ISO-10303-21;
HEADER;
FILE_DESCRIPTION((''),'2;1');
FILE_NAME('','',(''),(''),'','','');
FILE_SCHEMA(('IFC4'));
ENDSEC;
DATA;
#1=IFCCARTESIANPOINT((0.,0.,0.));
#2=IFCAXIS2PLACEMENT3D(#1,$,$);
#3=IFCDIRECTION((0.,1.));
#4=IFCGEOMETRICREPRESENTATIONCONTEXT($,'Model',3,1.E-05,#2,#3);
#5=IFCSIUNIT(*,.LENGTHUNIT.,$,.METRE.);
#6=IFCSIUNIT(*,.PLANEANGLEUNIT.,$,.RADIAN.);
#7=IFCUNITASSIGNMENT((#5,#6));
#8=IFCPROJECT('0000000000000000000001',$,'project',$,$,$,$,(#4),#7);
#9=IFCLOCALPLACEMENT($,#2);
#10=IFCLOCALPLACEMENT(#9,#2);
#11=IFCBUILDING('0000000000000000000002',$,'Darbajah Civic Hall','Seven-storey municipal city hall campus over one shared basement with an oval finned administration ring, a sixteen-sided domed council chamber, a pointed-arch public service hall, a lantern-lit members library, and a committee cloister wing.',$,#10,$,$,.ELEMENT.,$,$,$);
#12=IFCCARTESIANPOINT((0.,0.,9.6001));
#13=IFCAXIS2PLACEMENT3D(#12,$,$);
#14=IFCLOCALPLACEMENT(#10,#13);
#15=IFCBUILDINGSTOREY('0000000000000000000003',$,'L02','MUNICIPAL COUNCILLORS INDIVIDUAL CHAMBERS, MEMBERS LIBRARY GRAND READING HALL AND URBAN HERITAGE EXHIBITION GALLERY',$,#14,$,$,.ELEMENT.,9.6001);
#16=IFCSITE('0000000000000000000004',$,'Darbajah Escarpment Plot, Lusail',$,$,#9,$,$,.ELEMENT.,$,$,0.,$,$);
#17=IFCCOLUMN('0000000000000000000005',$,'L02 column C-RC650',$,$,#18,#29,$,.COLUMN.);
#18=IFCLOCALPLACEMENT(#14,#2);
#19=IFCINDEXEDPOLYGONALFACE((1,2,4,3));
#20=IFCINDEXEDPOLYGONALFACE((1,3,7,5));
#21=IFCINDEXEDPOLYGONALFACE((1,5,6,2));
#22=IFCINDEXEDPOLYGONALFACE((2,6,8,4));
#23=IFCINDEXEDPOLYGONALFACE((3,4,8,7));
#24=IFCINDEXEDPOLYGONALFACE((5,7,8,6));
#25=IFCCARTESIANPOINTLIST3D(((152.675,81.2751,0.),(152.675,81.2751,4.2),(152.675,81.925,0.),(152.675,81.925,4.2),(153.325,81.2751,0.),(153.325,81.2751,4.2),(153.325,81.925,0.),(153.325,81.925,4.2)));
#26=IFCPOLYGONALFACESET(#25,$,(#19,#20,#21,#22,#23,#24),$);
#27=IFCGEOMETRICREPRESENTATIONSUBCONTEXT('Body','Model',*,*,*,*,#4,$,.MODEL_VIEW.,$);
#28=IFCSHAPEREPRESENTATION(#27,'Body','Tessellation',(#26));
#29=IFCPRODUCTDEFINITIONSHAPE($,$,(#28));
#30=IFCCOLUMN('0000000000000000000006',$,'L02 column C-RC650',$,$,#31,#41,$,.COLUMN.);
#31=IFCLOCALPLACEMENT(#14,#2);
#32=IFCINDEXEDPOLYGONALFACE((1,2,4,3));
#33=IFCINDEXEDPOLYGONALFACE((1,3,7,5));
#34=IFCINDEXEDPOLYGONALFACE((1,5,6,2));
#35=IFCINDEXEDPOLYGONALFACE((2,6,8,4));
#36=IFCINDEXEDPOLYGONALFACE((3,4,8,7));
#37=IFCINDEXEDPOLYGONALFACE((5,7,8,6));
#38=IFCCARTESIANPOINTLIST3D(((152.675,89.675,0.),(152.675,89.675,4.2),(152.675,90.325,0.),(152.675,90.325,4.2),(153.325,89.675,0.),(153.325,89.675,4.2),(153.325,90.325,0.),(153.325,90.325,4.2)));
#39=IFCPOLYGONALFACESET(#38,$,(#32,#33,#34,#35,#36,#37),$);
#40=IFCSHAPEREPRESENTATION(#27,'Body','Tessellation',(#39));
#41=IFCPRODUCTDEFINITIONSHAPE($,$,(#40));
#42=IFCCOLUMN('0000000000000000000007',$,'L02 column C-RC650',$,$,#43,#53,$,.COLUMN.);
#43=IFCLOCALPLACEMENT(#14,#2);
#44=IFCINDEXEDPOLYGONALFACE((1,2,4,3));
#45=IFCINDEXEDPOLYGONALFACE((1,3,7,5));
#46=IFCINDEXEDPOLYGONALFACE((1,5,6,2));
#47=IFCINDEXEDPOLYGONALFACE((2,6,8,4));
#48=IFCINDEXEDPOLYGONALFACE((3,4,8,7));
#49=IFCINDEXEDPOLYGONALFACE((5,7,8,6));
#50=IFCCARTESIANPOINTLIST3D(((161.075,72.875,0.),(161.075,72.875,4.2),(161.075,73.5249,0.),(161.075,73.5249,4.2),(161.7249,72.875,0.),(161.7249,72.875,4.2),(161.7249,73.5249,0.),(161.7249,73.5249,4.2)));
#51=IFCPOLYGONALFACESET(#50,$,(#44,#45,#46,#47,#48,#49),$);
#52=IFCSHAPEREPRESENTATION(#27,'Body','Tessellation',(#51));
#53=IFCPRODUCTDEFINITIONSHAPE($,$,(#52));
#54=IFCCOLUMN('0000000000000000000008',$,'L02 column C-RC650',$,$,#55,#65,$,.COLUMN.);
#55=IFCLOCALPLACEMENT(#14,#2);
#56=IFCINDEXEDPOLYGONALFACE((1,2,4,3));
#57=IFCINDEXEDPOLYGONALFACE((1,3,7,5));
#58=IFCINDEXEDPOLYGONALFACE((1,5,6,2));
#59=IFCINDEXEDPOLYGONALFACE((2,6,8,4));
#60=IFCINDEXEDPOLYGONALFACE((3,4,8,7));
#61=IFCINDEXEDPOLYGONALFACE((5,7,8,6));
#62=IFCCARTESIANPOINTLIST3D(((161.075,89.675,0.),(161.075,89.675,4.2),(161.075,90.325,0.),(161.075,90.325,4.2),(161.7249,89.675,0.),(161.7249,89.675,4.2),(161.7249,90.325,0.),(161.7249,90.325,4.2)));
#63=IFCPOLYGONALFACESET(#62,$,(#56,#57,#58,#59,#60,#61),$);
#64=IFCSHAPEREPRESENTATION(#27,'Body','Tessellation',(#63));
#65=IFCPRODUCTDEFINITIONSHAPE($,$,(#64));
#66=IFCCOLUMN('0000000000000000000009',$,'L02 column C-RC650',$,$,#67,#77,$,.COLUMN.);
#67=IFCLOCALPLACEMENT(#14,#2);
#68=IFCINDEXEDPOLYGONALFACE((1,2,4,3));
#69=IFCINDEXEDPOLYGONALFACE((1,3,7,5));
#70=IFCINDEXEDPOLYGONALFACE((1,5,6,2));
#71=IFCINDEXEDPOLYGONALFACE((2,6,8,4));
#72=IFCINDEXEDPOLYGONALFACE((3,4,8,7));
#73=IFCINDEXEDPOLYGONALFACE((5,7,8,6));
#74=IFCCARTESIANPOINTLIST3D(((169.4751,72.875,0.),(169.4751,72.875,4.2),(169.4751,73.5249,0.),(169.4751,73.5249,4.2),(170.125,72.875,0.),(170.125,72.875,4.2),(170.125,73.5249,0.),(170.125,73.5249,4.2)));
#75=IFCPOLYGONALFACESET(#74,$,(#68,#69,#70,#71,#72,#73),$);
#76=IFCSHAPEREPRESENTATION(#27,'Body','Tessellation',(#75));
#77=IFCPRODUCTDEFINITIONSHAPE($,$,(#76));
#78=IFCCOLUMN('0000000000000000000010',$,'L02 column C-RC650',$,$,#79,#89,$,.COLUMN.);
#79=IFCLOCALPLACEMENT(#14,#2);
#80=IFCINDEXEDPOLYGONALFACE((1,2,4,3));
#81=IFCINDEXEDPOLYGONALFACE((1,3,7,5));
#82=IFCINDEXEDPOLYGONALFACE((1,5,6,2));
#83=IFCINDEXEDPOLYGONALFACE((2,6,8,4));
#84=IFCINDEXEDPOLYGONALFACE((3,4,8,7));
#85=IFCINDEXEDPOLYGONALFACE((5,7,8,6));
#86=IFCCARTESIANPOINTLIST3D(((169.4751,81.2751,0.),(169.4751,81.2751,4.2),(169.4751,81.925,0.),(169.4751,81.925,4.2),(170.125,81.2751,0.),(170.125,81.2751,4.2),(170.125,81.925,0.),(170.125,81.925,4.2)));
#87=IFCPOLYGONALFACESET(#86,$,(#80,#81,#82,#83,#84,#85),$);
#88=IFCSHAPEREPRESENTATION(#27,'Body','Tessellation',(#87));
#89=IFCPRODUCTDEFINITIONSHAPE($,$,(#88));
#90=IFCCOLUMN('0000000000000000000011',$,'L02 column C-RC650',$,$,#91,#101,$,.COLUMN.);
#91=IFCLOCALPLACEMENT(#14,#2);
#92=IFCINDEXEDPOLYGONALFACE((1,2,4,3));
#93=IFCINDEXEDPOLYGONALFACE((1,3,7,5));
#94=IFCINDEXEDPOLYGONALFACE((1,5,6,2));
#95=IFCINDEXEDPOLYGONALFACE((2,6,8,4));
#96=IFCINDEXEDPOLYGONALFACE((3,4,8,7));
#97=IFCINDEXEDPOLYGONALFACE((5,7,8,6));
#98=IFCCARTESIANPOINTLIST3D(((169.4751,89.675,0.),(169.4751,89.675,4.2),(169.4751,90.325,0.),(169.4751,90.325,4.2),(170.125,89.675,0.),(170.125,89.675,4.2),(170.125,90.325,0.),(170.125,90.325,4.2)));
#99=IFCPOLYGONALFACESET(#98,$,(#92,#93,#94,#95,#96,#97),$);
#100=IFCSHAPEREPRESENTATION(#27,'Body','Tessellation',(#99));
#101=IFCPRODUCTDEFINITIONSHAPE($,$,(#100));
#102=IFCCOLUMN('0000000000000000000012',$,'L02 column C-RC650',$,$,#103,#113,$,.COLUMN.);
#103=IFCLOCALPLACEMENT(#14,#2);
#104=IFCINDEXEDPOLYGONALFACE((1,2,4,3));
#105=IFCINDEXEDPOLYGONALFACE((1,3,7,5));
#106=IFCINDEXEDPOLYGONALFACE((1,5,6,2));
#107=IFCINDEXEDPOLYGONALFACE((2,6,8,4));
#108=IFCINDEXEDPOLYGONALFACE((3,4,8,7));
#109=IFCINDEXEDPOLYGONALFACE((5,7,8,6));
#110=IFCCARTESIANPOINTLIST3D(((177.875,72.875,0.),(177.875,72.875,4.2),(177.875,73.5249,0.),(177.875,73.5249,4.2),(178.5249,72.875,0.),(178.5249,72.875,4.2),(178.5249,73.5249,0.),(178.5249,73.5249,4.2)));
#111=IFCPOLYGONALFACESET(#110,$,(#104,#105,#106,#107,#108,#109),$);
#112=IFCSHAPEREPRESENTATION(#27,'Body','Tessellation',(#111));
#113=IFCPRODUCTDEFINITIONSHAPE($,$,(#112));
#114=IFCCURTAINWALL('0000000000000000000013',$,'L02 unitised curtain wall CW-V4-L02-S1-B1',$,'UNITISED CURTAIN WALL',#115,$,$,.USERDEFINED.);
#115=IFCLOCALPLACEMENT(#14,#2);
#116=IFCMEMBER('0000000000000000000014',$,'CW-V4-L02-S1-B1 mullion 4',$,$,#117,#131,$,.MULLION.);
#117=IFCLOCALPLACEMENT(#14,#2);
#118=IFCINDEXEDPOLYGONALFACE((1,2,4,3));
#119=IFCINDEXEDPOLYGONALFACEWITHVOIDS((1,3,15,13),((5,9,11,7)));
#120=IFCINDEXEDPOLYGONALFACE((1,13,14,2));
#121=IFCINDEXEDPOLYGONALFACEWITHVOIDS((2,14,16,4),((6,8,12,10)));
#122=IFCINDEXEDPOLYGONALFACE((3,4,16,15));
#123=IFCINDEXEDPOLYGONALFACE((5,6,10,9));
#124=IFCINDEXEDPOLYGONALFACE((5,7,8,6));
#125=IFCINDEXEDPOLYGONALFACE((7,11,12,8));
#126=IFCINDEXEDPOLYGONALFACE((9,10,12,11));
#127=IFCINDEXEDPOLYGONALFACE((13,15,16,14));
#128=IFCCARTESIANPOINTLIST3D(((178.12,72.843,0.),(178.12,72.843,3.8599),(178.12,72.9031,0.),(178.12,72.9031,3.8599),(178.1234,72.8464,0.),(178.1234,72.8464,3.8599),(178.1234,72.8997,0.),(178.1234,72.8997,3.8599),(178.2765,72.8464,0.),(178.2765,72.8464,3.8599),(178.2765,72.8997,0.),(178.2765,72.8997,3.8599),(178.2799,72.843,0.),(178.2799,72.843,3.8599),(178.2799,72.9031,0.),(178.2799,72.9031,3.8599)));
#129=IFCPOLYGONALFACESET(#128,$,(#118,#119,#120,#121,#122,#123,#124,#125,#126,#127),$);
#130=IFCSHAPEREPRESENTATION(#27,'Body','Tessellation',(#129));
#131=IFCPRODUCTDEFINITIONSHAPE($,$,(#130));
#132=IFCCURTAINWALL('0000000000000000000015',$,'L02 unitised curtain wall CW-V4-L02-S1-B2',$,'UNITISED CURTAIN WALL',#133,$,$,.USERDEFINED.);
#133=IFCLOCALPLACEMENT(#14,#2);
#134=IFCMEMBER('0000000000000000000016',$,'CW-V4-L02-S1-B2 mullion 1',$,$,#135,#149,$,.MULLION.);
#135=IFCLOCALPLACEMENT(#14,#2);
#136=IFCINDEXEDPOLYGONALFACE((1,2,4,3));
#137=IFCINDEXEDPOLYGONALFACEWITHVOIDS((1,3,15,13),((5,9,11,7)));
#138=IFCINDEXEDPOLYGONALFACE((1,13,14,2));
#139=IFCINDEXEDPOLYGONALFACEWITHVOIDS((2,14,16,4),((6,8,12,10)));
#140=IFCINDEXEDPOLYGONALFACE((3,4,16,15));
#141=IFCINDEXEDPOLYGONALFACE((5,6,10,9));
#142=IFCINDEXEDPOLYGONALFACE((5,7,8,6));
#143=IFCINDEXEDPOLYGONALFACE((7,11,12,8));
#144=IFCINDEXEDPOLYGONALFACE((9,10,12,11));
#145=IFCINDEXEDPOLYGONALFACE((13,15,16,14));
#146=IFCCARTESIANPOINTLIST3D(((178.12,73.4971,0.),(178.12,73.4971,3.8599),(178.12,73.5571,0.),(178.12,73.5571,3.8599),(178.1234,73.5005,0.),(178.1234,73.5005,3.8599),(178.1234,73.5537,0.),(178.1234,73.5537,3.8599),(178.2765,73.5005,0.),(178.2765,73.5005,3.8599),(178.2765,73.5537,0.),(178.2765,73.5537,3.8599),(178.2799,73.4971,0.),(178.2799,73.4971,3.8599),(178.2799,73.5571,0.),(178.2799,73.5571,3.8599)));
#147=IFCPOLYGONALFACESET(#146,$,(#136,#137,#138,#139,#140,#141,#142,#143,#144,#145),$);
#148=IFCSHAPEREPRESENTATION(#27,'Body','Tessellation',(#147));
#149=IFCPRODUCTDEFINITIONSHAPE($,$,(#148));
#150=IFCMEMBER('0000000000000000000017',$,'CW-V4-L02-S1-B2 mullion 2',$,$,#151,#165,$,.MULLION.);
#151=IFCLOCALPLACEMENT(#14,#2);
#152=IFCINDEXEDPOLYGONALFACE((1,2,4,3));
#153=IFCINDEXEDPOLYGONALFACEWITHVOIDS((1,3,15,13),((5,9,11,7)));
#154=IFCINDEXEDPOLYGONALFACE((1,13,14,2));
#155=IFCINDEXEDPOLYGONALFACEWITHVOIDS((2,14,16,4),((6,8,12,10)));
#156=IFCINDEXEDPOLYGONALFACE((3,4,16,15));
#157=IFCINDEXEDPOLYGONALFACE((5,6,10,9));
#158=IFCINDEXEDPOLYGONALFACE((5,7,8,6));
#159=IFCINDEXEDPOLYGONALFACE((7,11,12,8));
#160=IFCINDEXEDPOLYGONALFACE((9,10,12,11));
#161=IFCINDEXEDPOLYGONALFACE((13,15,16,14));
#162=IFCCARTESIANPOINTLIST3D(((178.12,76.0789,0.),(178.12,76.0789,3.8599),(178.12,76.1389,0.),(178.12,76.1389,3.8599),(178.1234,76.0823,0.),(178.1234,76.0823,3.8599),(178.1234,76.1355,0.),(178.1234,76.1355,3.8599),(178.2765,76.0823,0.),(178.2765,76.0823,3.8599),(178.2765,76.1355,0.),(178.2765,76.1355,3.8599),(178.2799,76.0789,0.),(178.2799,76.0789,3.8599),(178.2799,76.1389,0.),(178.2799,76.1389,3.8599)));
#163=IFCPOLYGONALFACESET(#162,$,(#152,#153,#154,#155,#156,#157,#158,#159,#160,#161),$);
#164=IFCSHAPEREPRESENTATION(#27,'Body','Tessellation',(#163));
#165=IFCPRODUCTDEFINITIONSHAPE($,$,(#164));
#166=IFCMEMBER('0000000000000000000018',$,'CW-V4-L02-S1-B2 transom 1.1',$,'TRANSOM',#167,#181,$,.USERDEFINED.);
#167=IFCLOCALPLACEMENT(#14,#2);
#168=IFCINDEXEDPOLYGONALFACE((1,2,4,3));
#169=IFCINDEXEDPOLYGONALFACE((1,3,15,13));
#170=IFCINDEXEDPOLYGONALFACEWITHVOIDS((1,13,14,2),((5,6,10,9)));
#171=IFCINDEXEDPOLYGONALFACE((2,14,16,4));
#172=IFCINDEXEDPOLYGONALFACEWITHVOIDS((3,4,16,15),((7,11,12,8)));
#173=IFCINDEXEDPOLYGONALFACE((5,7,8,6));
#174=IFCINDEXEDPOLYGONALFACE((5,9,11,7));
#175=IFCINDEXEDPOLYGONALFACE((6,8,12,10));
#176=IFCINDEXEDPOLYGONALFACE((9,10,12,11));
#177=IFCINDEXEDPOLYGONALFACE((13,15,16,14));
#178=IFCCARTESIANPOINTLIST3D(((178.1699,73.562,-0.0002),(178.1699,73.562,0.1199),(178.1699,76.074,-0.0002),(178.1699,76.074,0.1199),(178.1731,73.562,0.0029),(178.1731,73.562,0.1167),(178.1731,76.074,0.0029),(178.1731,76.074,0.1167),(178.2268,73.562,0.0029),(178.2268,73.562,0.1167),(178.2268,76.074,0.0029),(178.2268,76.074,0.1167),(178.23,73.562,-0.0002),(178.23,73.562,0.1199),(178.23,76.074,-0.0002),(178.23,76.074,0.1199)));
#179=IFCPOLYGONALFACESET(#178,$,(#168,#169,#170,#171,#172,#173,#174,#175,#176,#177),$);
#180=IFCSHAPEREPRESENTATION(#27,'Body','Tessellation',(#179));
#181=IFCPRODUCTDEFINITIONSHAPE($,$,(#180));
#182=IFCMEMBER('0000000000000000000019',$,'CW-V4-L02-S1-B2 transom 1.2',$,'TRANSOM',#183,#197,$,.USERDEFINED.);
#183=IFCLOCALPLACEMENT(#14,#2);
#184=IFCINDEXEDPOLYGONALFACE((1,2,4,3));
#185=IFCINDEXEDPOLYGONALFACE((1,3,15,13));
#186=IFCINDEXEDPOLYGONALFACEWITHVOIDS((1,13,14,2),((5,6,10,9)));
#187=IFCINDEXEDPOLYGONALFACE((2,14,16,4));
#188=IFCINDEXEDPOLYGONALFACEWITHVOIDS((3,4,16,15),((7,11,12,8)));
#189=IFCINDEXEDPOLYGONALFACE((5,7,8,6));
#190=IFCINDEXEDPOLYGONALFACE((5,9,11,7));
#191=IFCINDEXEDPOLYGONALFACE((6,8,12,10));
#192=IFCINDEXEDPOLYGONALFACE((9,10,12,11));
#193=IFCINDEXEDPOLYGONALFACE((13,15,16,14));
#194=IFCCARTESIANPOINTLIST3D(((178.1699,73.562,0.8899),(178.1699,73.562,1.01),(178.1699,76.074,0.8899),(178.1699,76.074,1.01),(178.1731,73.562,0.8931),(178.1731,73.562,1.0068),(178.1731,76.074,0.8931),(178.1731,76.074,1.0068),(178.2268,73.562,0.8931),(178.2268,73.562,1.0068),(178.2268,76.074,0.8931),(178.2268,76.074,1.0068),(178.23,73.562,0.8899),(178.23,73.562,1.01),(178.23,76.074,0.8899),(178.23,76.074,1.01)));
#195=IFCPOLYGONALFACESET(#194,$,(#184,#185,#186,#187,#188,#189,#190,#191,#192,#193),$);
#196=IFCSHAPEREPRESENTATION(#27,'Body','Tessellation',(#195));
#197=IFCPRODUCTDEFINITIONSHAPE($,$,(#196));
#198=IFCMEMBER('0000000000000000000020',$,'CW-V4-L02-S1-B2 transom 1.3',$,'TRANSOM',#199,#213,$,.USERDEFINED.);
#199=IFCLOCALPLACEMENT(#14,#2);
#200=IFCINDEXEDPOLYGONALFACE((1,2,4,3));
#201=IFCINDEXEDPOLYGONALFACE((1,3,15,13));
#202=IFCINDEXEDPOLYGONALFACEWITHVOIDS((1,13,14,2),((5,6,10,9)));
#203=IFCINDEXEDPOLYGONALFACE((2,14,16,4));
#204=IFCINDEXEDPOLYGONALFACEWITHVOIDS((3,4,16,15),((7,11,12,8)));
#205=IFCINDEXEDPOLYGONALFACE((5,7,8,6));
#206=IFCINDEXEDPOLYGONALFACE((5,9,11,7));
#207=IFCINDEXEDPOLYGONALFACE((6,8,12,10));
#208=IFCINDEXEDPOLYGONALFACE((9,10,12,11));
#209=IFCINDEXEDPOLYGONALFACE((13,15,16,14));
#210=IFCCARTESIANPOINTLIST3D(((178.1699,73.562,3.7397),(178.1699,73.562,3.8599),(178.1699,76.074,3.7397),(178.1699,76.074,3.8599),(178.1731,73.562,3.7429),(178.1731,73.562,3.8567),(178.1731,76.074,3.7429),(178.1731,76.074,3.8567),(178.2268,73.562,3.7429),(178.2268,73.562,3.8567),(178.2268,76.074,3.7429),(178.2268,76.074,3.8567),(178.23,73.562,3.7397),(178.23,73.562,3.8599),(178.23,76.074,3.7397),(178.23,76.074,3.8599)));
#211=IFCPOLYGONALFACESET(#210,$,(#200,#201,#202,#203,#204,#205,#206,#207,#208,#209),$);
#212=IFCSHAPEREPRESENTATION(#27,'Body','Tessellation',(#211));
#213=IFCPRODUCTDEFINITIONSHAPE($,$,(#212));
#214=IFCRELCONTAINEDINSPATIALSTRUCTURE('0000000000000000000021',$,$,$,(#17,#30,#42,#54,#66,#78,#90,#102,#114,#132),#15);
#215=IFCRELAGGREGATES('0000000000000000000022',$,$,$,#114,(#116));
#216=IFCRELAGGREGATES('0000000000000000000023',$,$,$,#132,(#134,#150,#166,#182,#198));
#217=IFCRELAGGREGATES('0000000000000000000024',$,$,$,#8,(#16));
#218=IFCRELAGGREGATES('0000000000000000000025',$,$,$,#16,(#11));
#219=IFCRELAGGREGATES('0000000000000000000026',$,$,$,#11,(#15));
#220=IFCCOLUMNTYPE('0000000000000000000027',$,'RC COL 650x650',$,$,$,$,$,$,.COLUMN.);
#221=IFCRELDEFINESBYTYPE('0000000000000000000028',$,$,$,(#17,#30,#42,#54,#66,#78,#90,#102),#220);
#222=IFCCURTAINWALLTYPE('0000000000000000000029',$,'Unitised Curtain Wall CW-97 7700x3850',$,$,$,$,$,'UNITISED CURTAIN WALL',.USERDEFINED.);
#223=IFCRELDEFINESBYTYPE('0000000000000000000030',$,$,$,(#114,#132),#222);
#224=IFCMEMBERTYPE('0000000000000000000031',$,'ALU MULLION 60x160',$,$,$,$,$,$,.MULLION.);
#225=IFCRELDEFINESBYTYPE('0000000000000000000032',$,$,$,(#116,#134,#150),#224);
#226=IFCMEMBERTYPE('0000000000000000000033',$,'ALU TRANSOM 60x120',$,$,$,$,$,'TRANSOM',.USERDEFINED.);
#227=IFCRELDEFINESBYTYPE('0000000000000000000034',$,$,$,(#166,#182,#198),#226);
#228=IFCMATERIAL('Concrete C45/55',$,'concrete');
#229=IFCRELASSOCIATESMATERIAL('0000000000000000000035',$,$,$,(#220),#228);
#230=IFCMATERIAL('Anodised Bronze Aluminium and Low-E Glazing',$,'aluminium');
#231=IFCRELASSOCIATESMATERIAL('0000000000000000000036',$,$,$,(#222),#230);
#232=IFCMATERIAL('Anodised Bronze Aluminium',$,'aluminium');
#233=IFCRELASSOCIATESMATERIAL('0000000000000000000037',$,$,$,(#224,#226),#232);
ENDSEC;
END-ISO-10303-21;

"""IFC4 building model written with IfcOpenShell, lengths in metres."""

from ifc_helpers import new_model, si_unit, direction, frame, origin, origin_2d, place, context, subcontext, project, spatial, rectangle, hollow_rectangle, extrude, material, material_profile, profile_set, type_object, element, aggregate, save


model = new_model("IFC4")

# Units and contexts
model_context = context("Model", 3, precision=1e-05, world=origin(), true_north=direction((0.0, 1.0)))
body_context = subcontext(model_context, "Body", "Model", "MODEL_VIEW")
ifc_project = project(units=[si_unit("LENGTHUNIT", "METRE"), si_unit("PLANEANGLEUNIT", "RADIAN")], contexts=[model_context])

# Site, building, storey
site_placement = place(None, origin())
site = spatial("IfcSite", under=ifc_project, at=site_placement, Name="Darbajah Escarpment Plot, Lusail", CompositionType="ELEMENT", RefElevation=0.0)
building_placement = place(site_placement, origin())
building = spatial("IfcBuilding", under=site, at=building_placement, Name="Darbajah Civic Hall", Description="Seven-storey municipal city hall campus over one shared basement with an oval finned administration ring, a sixteen-sided domed council chamber, a pointed-arch public service hall, a lantern-lit members library, and a committee cloister wing.", CompositionType="ELEMENT")
storey_placement = place(building_placement, frame((0.0, 0.0, 9.6001)))
storey = spatial("IfcBuildingStorey", under=building, at=storey_placement, Name="L02", Description="MUNICIPAL COUNCILLORS INDIVIDUAL CHAMBERS, MEMBERS LIBRARY GRAND READING HALL AND URBAN HERITAGE EXHIBITION GALLERY", CompositionType="ELEMENT", Elevation=9.6001)

# Columns
ifc_material_1 = material(Name="Concrete C45/55", Category="concrete")
ifc_material_profile_1 = material_profile(ifc_material_1, rectangle(XDim=0.6499, YDim=0.6499, at=origin_2d()), Name="RC COL 650x650")
ifc_profile_set_1 = profile_set([ifc_material_profile_1], Name="Concrete C45/55")
column_type = type_object("IfcColumnType", Name="RC COL 650x650", PredefinedType="COLUMN", material=ifc_profile_set_1)
for number, where, z_axis, x_axis, name in (
    (1, (153.0, 81.6001, 0.0), (0.0, 0.0, 1.0), (1.0, 0.0, 0.0), "L02 column C-RC650"),
    (2, (153.0, 90.0, 0.0), (0.0, 0.0, 1.0), (1.0, 0.0, 0.0), "L02 column C-RC650"),
    (3, (161.3999, 73.2, 0.0), (0.0, 0.0, 1.0), (1.0, 0.0, 0.0), "L02 column C-RC650"),
    (4, (161.3999, 90.0, 0.0), (0.0, 0.0, 1.0), (1.0, 0.0, 0.0), "L02 column C-RC650"),
    (5, (169.8, 73.2, 0.0), (0.0, 0.0, 1.0), (1.0, 0.0, 0.0), "L02 column C-RC650"),
    (6, (169.8, 81.6001, 0.0), (0.0, 0.0, 1.0), (1.0, 0.0, 0.0), "L02 column C-RC650"),
    (7, (169.8, 90.0, 0.0), (0.0, 0.0, 1.0), (1.0, 0.0, 0.0), "L02 column C-RC650"),
    (8, (178.2, 73.2, 0.0), (0.0, 0.0, 1.0), (1.0, 0.0, 0.0), "L02 column C-RC650"),
):
    element("IfcColumn", number, at=place(storey_placement, frame(where, z_axis=z_axis, x_axis=x_axis)), inside=storey, type_object=column_type, Name=name, PredefinedType="COLUMN", context=body_context, shape_type="SweptSolid", body=[
        extrude(rectangle(XDim=0.6499, YDim=0.6499, at=origin_2d()), origin(), (0.0, 0.0, 1.0), 4.2),
    ])

# Curtain wall, member
ifc_material_2 = material(Name="Anodised Bronze Aluminium and Low-E Glazing", Category="aluminium")
curtain_wall_type = type_object("IfcCurtainWallType", Name="Unitised Curtain Wall CW-97 7700x3850", ElementType="UNITISED CURTAIN WALL", PredefinedType="USERDEFINED", material=ifc_material_2)
curtain_wall_1_placement = place(storey_placement, origin())
curtain_wall_1 = element("IfcCurtainWall", 9, at=curtain_wall_1_placement, inside=storey, type_object=curtain_wall_type, Name="L02 unitised curtain wall CW-V4-L02-S1-B1", ObjectType="UNITISED CURTAIN WALL", PredefinedType="USERDEFINED")
ifc_material_3 = material(Name="Anodised Bronze Aluminium", Category="aluminium")
ifc_material_profile_2 = material_profile(ifc_material_3, hollow_rectangle(XDim=0.0601, YDim=0.1599, WallThickness=0.0034, at=origin_2d()), Name="ALU MULLION 60x160")
ifc_profile_set_2 = profile_set([ifc_material_profile_2], Name="Anodised Bronze Aluminium")
member_type_1 = type_object("IfcMemberType", Name="ALU MULLION 60x160", PredefinedType="MULLION", material=ifc_profile_set_2)
member_1_placement = place(storey_placement, frame((178.2, 72.873, 0.0), z_axis=(0.0, 0.0, 1.0), x_axis=(0.0, 1.0, 0.0)))
member_1 = element("IfcMember", 10, at=member_1_placement, type_object=member_type_1, Name="CW-V4-L02-S1-B1 mullion 4", PredefinedType="MULLION", context=body_context, shape_type="SweptSolid", body=[
    extrude(hollow_rectangle(XDim=0.0601, YDim=0.1599, WallThickness=0.0034, at=origin_2d()), origin(), (0.0, 0.0, 1.0), 3.8599),
])
aggregate(curtain_wall_1, [member_1])

# Curtain wall, members
curtain_wall_2_placement = place(storey_placement, origin())
curtain_wall_2 = element("IfcCurtainWall", 11, at=curtain_wall_2_placement, inside=storey, type_object=curtain_wall_type, Name="L02 unitised curtain wall CW-V4-L02-S1-B2", ObjectType="UNITISED CURTAIN WALL", PredefinedType="USERDEFINED")
member_2_placement = place(storey_placement, frame((178.2, 73.5271, 0.0), z_axis=(0.0, 0.0, 1.0), x_axis=(0.0, 1.0, 0.0)))
member_2 = element("IfcMember", 12, at=member_2_placement, type_object=member_type_1, Name="CW-V4-L02-S1-B2 mullion 1", PredefinedType="MULLION", context=body_context, shape_type="SweptSolid", body=[
    extrude(hollow_rectangle(XDim=0.0601, YDim=0.1599, WallThickness=0.0034, at=origin_2d()), origin(), (0.0, 0.0, 1.0), 3.8599),
])
member_3_placement = place(storey_placement, frame((178.2, 76.1089, 0.0), z_axis=(0.0, 0.0, 1.0), x_axis=(0.0, 1.0, 0.0)))
member_3 = element("IfcMember", 13, at=member_3_placement, type_object=member_type_1, Name="CW-V4-L02-S1-B2 mullion 2", PredefinedType="MULLION", context=body_context, shape_type="SweptSolid", body=[
    extrude(hollow_rectangle(XDim=0.0601, YDim=0.1599, WallThickness=0.0034, at=origin_2d()), origin(), (0.0, 0.0, 1.0), 3.8599),
])
ifc_material_profile_3 = material_profile(ifc_material_3, hollow_rectangle(XDim=0.0601, YDim=0.1201, WallThickness=0.0032, at=origin_2d()), Name="ALU TRANSOM 60x120")
ifc_profile_set_3 = profile_set([ifc_material_profile_3], Name="Anodised Bronze Aluminium")
member_type_2 = type_object("IfcMemberType", Name="ALU TRANSOM 60x120", ElementType="TRANSOM", PredefinedType="USERDEFINED", material=ifc_profile_set_3)
member_4_placement = place(storey_placement, frame((178.2, 73.562, 0.0598), z_axis=(0.0, 1.0, 0.0), x_axis=(-1.0, 0.0, 0.0)))
member_4 = element("IfcMember", 14, at=member_4_placement, type_object=member_type_2, Name="CW-V4-L02-S1-B2 transom 1.1", ObjectType="TRANSOM", PredefinedType="USERDEFINED", context=body_context, shape_type="SweptSolid", body=[
    extrude(hollow_rectangle(XDim=0.0601, YDim=0.1201, WallThickness=0.0032, at=origin_2d()), origin(), (0.0, 0.0, 1.0), 2.512),
])
member_5_placement = place(storey_placement, frame((178.2, 73.562, 0.95), z_axis=(0.0, 1.0, 0.0), x_axis=(-1.0, 0.0, 0.0)))
member_5 = element("IfcMember", 15, at=member_5_placement, type_object=member_type_2, Name="CW-V4-L02-S1-B2 transom 1.2", ObjectType="TRANSOM", PredefinedType="USERDEFINED", context=body_context, shape_type="SweptSolid", body=[
    extrude(hollow_rectangle(XDim=0.0601, YDim=0.1201, WallThickness=0.0032, at=origin_2d()), origin(), (0.0, 0.0, 1.0), 2.512),
])
member_6_placement = place(storey_placement, frame((178.2, 73.562, 3.7998), z_axis=(0.0, 1.0, 0.0), x_axis=(-1.0, 0.0, 0.0)))
member_6 = element("IfcMember", 16, at=member_6_placement, type_object=member_type_2, Name="CW-V4-L02-S1-B2 transom 1.3", ObjectType="TRANSOM", PredefinedType="USERDEFINED", context=body_context, shape_type="SweptSolid", body=[
    extrude(hollow_rectangle(XDim=0.0601, YDim=0.1201, WallThickness=0.0032, at=origin_2d()), origin(), (0.0, 0.0, 1.0), 2.512),
])

aggregate(curtain_wall_2, [member_2, member_3, member_4, member_5, member_6])

save(model, "model.ifc")
